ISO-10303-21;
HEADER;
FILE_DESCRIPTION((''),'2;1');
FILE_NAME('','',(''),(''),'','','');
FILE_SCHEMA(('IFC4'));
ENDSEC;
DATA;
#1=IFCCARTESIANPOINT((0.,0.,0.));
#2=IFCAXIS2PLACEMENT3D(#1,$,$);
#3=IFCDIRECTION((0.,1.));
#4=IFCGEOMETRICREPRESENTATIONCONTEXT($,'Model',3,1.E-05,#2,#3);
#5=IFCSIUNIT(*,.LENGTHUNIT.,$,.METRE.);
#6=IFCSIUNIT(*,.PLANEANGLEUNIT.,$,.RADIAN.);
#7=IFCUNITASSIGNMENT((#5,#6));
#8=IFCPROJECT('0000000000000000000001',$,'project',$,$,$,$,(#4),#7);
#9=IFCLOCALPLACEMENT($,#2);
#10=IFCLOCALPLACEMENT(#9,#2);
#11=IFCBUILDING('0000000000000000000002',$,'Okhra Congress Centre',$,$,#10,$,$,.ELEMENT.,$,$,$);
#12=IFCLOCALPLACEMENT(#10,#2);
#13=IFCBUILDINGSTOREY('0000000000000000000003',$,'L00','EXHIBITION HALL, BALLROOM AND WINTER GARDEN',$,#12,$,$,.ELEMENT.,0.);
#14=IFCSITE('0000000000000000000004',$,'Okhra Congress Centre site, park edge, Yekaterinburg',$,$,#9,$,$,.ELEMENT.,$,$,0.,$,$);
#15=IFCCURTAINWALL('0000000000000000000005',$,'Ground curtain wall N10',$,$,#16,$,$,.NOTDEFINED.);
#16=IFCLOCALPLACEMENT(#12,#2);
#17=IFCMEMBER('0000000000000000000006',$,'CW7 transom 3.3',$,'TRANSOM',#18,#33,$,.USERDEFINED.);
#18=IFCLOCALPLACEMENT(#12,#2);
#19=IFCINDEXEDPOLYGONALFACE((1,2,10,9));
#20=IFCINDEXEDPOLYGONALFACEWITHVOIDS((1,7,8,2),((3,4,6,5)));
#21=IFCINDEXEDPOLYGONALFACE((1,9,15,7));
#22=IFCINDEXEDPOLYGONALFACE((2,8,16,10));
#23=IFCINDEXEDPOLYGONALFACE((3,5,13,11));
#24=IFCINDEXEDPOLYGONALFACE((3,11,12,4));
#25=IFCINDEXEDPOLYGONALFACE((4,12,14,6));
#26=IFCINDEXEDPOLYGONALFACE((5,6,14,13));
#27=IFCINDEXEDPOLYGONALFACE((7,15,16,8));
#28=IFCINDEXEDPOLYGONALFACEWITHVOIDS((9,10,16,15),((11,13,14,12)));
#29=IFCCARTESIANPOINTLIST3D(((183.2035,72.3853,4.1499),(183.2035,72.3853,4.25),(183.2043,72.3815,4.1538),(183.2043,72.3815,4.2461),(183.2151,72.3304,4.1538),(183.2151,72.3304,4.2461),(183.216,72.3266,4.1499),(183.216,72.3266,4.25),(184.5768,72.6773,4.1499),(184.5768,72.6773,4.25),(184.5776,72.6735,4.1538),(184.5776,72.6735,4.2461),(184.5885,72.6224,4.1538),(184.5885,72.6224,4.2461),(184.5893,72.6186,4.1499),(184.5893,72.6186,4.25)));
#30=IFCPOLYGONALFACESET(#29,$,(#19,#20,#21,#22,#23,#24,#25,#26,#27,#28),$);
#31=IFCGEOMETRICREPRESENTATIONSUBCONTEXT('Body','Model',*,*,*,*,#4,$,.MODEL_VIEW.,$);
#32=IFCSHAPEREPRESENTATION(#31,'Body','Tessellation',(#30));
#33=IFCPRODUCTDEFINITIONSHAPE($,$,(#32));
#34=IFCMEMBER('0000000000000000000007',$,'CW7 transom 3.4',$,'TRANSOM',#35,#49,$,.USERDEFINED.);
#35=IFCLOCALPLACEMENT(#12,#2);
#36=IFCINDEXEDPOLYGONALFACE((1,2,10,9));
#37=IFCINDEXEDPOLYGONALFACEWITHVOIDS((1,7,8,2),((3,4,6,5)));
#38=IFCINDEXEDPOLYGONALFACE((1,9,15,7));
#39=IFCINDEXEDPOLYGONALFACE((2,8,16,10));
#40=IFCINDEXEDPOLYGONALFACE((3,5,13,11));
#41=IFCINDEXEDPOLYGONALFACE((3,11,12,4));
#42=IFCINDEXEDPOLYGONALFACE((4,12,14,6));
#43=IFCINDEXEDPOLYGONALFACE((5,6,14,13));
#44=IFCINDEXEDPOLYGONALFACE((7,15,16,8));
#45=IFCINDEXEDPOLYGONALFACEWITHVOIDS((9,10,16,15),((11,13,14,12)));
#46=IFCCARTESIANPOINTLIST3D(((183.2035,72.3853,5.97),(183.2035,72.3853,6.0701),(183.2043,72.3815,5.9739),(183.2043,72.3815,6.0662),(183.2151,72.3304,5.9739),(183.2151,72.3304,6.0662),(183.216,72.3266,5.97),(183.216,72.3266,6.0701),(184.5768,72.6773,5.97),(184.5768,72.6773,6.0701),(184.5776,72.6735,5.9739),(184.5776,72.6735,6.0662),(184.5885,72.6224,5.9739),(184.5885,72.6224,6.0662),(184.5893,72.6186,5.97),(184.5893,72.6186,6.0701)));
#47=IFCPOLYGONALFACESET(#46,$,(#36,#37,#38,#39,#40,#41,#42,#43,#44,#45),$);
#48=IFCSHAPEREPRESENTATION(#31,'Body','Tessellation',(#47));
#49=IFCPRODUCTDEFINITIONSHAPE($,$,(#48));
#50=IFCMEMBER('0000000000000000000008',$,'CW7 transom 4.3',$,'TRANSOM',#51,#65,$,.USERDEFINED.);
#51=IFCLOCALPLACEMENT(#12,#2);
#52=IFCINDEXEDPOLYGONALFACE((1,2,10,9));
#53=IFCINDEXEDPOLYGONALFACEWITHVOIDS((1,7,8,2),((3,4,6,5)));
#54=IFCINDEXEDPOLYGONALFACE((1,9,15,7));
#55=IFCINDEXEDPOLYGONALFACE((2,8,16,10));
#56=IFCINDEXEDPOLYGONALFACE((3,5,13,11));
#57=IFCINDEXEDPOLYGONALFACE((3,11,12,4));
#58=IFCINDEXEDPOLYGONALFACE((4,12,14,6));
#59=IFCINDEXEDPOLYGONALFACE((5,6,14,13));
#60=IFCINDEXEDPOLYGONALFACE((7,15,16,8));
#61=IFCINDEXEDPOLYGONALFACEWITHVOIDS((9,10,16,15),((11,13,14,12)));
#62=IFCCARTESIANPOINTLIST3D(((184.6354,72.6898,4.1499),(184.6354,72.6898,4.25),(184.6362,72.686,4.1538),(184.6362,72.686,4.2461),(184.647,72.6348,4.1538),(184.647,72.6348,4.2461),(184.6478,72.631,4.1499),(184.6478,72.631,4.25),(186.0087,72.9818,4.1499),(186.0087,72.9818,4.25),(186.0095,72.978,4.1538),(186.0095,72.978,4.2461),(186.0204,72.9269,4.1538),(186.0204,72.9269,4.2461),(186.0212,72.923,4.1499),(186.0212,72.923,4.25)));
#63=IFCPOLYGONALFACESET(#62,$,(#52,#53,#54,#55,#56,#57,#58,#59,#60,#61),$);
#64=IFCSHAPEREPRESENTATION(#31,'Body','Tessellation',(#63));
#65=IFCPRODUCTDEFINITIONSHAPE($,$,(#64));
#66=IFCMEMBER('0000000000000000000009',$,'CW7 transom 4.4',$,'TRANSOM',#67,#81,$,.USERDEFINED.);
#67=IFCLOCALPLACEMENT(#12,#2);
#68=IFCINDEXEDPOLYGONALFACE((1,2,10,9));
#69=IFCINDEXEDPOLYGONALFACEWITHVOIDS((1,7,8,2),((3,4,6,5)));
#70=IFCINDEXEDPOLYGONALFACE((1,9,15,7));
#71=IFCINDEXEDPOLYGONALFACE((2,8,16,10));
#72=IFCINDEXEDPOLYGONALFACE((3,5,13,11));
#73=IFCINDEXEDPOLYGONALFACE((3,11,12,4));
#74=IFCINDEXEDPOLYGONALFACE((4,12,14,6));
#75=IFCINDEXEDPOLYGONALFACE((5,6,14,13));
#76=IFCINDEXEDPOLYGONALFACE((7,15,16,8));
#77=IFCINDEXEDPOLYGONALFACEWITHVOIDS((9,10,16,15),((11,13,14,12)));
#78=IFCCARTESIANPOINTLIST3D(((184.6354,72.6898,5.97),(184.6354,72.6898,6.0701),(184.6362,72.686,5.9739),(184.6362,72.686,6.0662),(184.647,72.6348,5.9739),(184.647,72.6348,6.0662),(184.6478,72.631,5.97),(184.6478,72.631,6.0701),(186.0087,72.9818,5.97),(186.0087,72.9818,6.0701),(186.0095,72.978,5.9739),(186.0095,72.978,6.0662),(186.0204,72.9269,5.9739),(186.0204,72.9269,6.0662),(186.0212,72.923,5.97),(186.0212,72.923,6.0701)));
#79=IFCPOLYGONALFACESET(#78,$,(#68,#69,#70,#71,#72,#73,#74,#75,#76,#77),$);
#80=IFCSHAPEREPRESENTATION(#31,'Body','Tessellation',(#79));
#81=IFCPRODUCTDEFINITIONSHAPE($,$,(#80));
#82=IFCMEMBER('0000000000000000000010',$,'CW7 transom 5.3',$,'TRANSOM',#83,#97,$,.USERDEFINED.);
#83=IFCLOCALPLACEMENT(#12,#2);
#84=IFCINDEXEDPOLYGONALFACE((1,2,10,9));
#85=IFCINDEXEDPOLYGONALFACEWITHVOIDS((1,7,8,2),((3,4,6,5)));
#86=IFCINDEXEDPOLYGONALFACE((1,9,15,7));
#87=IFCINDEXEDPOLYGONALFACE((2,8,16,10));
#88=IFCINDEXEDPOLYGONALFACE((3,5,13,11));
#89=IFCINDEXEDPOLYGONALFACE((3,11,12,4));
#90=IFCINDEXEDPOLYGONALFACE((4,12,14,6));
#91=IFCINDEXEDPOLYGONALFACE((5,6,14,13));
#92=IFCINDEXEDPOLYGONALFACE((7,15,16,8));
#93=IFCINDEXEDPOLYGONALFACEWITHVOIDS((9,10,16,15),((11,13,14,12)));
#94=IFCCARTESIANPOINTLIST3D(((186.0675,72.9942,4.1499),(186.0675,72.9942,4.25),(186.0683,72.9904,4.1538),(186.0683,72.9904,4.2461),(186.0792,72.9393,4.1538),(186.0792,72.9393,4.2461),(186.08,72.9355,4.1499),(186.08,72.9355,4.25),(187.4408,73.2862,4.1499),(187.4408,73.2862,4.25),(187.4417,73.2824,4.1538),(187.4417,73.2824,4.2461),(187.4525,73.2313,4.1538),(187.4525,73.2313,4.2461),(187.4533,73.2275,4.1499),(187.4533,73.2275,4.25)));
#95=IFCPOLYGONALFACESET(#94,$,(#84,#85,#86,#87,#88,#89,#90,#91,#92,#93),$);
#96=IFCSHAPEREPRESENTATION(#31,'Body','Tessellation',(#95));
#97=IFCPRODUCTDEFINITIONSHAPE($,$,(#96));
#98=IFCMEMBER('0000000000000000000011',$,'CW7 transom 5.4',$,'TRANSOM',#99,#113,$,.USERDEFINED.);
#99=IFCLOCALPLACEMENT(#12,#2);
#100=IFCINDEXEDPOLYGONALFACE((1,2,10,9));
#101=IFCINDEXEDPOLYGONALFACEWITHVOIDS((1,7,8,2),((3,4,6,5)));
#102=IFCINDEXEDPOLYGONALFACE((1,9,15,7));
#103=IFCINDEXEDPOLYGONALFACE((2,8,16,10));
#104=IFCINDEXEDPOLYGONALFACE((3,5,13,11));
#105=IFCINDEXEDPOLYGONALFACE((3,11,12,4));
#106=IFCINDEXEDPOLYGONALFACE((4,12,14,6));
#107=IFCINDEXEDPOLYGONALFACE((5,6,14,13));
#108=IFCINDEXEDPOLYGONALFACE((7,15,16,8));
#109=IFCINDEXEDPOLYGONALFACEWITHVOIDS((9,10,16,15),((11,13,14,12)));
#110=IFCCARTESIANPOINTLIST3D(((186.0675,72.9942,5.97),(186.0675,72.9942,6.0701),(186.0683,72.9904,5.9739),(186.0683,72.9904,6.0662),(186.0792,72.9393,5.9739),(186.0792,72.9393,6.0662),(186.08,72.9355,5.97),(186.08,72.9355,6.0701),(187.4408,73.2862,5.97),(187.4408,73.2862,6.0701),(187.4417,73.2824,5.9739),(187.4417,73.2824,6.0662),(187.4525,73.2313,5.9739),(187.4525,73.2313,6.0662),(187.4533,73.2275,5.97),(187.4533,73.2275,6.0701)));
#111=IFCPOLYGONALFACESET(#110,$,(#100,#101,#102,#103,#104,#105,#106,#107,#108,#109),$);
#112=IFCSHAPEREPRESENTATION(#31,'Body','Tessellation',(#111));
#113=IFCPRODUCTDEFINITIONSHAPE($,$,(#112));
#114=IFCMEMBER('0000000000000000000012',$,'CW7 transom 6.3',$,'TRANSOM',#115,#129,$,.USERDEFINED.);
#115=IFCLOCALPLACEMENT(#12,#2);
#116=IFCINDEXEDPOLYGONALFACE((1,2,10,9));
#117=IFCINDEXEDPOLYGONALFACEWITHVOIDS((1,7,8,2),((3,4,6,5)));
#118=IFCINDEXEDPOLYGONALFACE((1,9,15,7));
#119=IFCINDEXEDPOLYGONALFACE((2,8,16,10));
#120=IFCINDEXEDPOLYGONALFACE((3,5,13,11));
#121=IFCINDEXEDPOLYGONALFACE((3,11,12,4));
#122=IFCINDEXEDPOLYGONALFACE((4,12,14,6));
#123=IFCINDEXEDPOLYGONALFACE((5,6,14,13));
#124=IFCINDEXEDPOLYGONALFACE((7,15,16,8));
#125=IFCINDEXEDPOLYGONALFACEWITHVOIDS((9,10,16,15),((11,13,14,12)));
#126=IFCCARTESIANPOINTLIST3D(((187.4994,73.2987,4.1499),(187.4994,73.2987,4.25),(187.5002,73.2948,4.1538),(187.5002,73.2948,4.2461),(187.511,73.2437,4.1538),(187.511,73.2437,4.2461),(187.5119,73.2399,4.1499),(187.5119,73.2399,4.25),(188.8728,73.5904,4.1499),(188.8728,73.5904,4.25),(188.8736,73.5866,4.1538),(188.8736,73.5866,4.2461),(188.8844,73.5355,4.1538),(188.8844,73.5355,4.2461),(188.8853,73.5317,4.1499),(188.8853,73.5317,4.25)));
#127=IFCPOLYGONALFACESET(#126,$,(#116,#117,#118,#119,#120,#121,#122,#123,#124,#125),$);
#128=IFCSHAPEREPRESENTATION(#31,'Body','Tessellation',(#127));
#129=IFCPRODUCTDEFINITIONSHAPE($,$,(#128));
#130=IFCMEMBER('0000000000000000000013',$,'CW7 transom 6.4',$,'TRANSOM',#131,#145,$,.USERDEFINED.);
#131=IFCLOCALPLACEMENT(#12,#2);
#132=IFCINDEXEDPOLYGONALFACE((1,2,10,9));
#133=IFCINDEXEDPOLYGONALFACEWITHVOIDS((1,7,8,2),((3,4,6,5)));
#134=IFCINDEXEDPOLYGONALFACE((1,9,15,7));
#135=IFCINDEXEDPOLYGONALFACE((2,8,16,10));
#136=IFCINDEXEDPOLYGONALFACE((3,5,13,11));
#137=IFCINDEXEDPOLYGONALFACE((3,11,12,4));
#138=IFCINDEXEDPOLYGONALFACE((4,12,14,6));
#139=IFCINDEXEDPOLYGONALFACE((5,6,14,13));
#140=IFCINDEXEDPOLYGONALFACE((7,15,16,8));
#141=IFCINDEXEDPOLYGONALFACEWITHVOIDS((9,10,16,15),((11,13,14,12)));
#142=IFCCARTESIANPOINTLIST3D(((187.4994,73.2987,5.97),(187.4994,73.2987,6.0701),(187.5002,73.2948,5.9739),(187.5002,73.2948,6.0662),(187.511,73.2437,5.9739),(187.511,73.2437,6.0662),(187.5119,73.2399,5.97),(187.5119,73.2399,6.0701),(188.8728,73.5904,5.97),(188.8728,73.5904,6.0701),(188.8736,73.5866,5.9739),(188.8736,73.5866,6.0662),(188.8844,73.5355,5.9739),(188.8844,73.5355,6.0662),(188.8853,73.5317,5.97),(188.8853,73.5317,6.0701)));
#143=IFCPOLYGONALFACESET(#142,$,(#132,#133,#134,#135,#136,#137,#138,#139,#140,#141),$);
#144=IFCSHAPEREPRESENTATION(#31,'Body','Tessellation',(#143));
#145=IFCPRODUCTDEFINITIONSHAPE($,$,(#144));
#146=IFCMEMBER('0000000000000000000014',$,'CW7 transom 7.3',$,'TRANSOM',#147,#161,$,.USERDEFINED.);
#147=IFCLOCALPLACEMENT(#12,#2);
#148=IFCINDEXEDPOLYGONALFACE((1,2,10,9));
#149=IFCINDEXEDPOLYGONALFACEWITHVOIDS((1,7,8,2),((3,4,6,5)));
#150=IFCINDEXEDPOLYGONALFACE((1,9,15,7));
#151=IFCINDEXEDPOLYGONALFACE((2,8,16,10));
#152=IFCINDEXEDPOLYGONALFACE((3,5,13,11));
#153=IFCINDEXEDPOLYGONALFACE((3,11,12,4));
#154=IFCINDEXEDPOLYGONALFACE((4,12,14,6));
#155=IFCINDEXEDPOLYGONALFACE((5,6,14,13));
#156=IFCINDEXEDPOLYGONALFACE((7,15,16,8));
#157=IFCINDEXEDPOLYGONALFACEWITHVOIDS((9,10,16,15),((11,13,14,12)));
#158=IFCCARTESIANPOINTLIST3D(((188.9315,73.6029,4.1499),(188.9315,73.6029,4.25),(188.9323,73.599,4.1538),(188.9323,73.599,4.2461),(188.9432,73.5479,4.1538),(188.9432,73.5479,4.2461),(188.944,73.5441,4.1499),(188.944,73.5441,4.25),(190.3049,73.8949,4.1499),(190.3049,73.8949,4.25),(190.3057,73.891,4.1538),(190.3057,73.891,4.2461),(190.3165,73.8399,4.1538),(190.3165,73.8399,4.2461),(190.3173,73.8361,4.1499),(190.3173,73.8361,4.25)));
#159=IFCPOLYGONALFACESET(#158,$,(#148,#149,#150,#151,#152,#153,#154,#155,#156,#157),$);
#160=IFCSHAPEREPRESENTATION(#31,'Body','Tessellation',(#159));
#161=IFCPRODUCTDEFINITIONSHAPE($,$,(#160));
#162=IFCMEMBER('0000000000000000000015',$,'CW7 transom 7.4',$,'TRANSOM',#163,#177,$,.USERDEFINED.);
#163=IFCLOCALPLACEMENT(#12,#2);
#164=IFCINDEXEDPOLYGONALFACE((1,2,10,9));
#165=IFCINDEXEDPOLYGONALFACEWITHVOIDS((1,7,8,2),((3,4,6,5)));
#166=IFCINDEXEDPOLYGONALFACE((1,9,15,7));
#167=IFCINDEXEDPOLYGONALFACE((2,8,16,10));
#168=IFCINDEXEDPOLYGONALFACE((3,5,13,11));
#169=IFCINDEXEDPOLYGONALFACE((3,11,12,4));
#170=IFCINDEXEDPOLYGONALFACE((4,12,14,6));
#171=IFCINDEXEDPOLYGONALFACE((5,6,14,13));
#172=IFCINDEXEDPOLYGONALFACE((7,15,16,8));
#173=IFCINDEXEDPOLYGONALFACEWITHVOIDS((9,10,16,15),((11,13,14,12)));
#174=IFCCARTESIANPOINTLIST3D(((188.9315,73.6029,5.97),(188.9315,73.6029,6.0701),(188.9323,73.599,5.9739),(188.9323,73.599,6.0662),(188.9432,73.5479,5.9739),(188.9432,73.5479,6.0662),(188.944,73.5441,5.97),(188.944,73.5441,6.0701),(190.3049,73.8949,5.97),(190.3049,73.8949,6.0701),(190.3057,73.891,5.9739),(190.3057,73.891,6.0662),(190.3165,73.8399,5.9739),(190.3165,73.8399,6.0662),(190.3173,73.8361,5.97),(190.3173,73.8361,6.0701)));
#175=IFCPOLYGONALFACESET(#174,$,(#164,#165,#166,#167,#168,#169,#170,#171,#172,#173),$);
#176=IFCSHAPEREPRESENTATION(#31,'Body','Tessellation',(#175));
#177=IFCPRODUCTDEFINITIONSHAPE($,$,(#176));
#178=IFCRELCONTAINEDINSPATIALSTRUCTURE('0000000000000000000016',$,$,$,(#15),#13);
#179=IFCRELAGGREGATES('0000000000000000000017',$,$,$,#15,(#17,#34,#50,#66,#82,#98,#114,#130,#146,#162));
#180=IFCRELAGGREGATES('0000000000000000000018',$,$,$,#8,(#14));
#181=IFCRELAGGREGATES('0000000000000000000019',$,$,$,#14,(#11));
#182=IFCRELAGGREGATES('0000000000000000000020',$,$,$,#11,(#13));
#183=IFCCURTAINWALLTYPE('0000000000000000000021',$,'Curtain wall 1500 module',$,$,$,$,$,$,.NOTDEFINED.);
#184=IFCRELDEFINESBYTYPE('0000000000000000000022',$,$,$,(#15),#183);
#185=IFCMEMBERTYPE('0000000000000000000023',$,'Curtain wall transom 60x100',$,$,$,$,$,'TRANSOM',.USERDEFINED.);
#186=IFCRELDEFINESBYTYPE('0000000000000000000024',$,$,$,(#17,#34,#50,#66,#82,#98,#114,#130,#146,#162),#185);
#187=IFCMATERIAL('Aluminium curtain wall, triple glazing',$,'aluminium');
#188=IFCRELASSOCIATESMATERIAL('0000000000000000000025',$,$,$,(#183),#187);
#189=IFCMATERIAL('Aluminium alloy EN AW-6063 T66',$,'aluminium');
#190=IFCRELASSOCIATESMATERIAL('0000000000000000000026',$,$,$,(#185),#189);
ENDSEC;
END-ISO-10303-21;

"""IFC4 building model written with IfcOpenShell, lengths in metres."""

from ifc_helpers import new_model, si_unit, direction, frame, origin, origin_2d, place, context, subcontext, project, spatial, hollow_rectangle, extrude, material, material_profile, profile_set, type_object, element, aggregate, save


model = new_model("IFC4")

# Units and contexts
model_context = context("Model", 3, precision=1e-05, world=origin(), true_north=direction((0.0, 1.0)))
body_context = subcontext(model_context, "Body", "Model", "MODEL_VIEW")
ifc_project = project(units=[si_unit("LENGTHUNIT", "METRE"), si_unit("PLANEANGLEUNIT", "RADIAN")], contexts=[model_context])

# Site, building, storey
site_placement = place(None, origin())
site = spatial("IfcSite", under=ifc_project, at=site_placement, Name="Okhra Congress Centre site, park edge, Yekaterinburg", CompositionType="ELEMENT", RefElevation=0.0)
building_placement = place(site_placement, origin())
building = spatial("IfcBuilding", under=site, at=building_placement, Name="Okhra Congress Centre", CompositionType="ELEMENT")
storey_placement = place(building_placement, origin())
storey = spatial("IfcBuildingStorey", under=building, at=storey_placement, Name="L00", Description="EXHIBITION HALL, BALLROOM AND WINTER GARDEN", CompositionType="ELEMENT", Elevation=0.0)

# Curtain wall, members
ifc_material_1 = material(Name="Aluminium curtain wall, triple glazing", Category="aluminium")
curtain_wall_type = type_object("IfcCurtainWallType", Name="Curtain wall 1500 module", PredefinedType="NOTDEFINED", material=ifc_material_1)
curtain_wall_placement = place(storey_placement, origin())
curtain_wall = element("IfcCurtainWall", 1, at=curtain_wall_placement, inside=storey, type_object=curtain_wall_type, Name="Ground curtain wall N10", PredefinedType="NOTDEFINED")
ifc_material_2 = material(Name="Aluminium alloy EN AW-6063 T66", Category="aluminium")
ifc_material_profile_1 = material_profile(ifc_material_2, hollow_rectangle(XDim=0.0601, YDim=0.1001, WallThickness=0.0039, at=origin_2d()), Name="RHS 60x100x4")
ifc_profile_set_1 = profile_set([ifc_material_profile_1], Name="Aluminium alloy EN AW-6063 T66")
member_type = type_object("IfcMemberType", Name="Curtain wall transom 60x100", ElementType="TRANSOM", PredefinedType="USERDEFINED", material=ifc_profile_set_1)
member_1_placement = place(storey_placement, frame((183.2097, 72.356, 4.2), z_axis=(0.978135, 0.207973, 0.0), x_axis=(-0.207973, 0.978135, 0.0)))
member_1 = element("IfcMember", 2, at=member_1_placement, type_object=member_type, Name="CW7 transom 3.3", ObjectType="TRANSOM", PredefinedType="USERDEFINED", context=body_context, shape_type="SweptSolid", body=[
    extrude(hollow_rectangle(XDim=0.0601, YDim=0.1001, WallThickness=0.0039, at=origin_2d()), origin(), (0.0, 0.0, 1.0), 1.4041),
])
member_2_placement = place(storey_placement, frame((183.2097, 72.356, 6.02), z_axis=(0.978135, 0.207973, 0.0), x_axis=(-0.207973, 0.978135, 0.0)))
member_2 = element("IfcMember", 3, at=member_2_placement, type_object=member_type, Name="CW7 transom 3.4", ObjectType="TRANSOM", PredefinedType="USERDEFINED", context=body_context, shape_type="SweptSolid", body=[
    extrude(hollow_rectangle(XDim=0.0601, YDim=0.1001, WallThickness=0.0039, at=origin_2d()), origin(), (0.0, 0.0, 1.0), 1.4041),
])
member_3_placement = place(storey_placement, frame((184.6416, 72.6604, 4.2), z_axis=(0.978135, 0.207973, 0.0), x_axis=(-0.207973, 0.978135, 0.0)))
member_3 = element("IfcMember", 4, at=member_3_placement, type_object=member_type, Name="CW7 transom 4.3", ObjectType="TRANSOM", PredefinedType="USERDEFINED", context=body_context, shape_type="SweptSolid", body=[
    extrude(hollow_rectangle(XDim=0.0601, YDim=0.1001, WallThickness=0.0039, at=origin_2d()), origin(), (0.0, 0.0, 1.0), 1.4041),
])
member_4_placement = place(storey_placement, frame((184.6416, 72.6604, 6.02), z_axis=(0.978135, 0.207973, 0.0), x_axis=(-0.207973, 0.978135, 0.0)))
member_4 = element("IfcMember", 5, at=member_4_placement, type_object=member_type, Name="CW7 transom 4.4", ObjectType="TRANSOM", PredefinedType="USERDEFINED", context=body_context, shape_type="SweptSolid", body=[
    extrude(hollow_rectangle(XDim=0.0601, YDim=0.1001, WallThickness=0.0039, at=origin_2d()), origin(), (0.0, 0.0, 1.0), 1.4041),
])
member_5_placement = place(storey_placement, frame((186.0737, 72.9648, 4.2), z_axis=(0.978135, 0.207973, 0.0), x_axis=(-0.207973, 0.978135, 0.0)))
member_5 = element("IfcMember", 6, at=member_5_placement, type_object=member_type, Name="CW7 transom 5.3", ObjectType="TRANSOM", PredefinedType="USERDEFINED", context=body_context, shape_type="SweptSolid", body=[
    extrude(hollow_rectangle(XDim=0.0601, YDim=0.1001, WallThickness=0.0039, at=origin_2d()), origin(), (0.0, 0.0, 1.0), 1.4041),
])
member_6_placement = place(storey_placement, frame((186.0737, 72.9648, 6.02), z_axis=(0.978135, 0.207973, 0.0), x_axis=(-0.207973, 0.978135, 0.0)))
member_6 = element("IfcMember", 7, at=member_6_placement, type_object=member_type, Name="CW7 transom 5.4", ObjectType="TRANSOM", PredefinedType="USERDEFINED", context=body_context, shape_type="SweptSolid", body=[
    extrude(hollow_rectangle(XDim=0.0601, YDim=0.1001, WallThickness=0.0039, at=origin_2d()), origin(), (0.0, 0.0, 1.0), 1.4041),
])
member_7_placement = place(storey_placement, frame((187.5056, 73.2693, 4.2), z_axis=(0.97817, 0.207807, 0.0), x_axis=(-0.207807, 0.97817, 0.0)))
member_7 = element("IfcMember", 8, at=member_7_placement, type_object=member_type, Name="CW7 transom 6.3", ObjectType="TRANSOM", PredefinedType="USERDEFINED", context=body_context, shape_type="SweptSolid", body=[
    extrude(hollow_rectangle(XDim=0.0601, YDim=0.1001, WallThickness=0.0039, at=origin_2d()), origin(), (0.0, 0.0, 1.0), 1.4041),
])
member_8_placement = place(storey_placement, frame((187.5056, 73.2693, 6.02), z_axis=(0.97817, 0.207807, 0.0), x_axis=(-0.207807, 0.97817, 0.0)))
member_8 = element("IfcMember", 9, at=member_8_placement, type_object=member_type, Name="CW7 transom 6.4", ObjectType="TRANSOM", PredefinedType="USERDEFINED", context=body_context, shape_type="SweptSolid", body=[
    extrude(hollow_rectangle(XDim=0.0601, YDim=0.1001, WallThickness=0.0039, at=origin_2d()), origin(), (0.0, 0.0, 1.0), 1.4041),
])
member_9_placement = place(storey_placement, frame((188.9377, 73.5735, 4.2), z_axis=(0.978135, 0.207973, 0.0), x_axis=(-0.207973, 0.978135, 0.0)))
member_9 = element("IfcMember", 10, at=member_9_placement, type_object=member_type, Name="CW7 transom 7.3", ObjectType="TRANSOM", PredefinedType="USERDEFINED", context=body_context, shape_type="SweptSolid", body=[
    extrude(hollow_rectangle(XDim=0.0601, YDim=0.1001, WallThickness=0.0039, at=origin_2d()), origin(), (0.0, 0.0, 1.0), 1.4041),
])
member_10_placement = place(storey_placement, frame((188.9377, 73.5735, 6.02), z_axis=(0.978135, 0.207973, 0.0), x_axis=(-0.207973, 0.978135, 0.0)))
member_10 = element("IfcMember", 11, at=member_10_placement, type_object=member_type, Name="CW7 transom 7.4", ObjectType="TRANSOM", PredefinedType="USERDEFINED", context=body_context, shape_type="SweptSolid", body=[
    extrude(hollow_rectangle(XDim=0.0601, YDim=0.1001, WallThickness=0.0039, at=origin_2d()), origin(), (0.0, 0.0, 1.0), 1.4041),
])

aggregate(curtain_wall, [member_1, member_2, member_3, member_4, member_5, member_6, member_7, member_8, member_9, member_10])

save(model, "model.ifc")
